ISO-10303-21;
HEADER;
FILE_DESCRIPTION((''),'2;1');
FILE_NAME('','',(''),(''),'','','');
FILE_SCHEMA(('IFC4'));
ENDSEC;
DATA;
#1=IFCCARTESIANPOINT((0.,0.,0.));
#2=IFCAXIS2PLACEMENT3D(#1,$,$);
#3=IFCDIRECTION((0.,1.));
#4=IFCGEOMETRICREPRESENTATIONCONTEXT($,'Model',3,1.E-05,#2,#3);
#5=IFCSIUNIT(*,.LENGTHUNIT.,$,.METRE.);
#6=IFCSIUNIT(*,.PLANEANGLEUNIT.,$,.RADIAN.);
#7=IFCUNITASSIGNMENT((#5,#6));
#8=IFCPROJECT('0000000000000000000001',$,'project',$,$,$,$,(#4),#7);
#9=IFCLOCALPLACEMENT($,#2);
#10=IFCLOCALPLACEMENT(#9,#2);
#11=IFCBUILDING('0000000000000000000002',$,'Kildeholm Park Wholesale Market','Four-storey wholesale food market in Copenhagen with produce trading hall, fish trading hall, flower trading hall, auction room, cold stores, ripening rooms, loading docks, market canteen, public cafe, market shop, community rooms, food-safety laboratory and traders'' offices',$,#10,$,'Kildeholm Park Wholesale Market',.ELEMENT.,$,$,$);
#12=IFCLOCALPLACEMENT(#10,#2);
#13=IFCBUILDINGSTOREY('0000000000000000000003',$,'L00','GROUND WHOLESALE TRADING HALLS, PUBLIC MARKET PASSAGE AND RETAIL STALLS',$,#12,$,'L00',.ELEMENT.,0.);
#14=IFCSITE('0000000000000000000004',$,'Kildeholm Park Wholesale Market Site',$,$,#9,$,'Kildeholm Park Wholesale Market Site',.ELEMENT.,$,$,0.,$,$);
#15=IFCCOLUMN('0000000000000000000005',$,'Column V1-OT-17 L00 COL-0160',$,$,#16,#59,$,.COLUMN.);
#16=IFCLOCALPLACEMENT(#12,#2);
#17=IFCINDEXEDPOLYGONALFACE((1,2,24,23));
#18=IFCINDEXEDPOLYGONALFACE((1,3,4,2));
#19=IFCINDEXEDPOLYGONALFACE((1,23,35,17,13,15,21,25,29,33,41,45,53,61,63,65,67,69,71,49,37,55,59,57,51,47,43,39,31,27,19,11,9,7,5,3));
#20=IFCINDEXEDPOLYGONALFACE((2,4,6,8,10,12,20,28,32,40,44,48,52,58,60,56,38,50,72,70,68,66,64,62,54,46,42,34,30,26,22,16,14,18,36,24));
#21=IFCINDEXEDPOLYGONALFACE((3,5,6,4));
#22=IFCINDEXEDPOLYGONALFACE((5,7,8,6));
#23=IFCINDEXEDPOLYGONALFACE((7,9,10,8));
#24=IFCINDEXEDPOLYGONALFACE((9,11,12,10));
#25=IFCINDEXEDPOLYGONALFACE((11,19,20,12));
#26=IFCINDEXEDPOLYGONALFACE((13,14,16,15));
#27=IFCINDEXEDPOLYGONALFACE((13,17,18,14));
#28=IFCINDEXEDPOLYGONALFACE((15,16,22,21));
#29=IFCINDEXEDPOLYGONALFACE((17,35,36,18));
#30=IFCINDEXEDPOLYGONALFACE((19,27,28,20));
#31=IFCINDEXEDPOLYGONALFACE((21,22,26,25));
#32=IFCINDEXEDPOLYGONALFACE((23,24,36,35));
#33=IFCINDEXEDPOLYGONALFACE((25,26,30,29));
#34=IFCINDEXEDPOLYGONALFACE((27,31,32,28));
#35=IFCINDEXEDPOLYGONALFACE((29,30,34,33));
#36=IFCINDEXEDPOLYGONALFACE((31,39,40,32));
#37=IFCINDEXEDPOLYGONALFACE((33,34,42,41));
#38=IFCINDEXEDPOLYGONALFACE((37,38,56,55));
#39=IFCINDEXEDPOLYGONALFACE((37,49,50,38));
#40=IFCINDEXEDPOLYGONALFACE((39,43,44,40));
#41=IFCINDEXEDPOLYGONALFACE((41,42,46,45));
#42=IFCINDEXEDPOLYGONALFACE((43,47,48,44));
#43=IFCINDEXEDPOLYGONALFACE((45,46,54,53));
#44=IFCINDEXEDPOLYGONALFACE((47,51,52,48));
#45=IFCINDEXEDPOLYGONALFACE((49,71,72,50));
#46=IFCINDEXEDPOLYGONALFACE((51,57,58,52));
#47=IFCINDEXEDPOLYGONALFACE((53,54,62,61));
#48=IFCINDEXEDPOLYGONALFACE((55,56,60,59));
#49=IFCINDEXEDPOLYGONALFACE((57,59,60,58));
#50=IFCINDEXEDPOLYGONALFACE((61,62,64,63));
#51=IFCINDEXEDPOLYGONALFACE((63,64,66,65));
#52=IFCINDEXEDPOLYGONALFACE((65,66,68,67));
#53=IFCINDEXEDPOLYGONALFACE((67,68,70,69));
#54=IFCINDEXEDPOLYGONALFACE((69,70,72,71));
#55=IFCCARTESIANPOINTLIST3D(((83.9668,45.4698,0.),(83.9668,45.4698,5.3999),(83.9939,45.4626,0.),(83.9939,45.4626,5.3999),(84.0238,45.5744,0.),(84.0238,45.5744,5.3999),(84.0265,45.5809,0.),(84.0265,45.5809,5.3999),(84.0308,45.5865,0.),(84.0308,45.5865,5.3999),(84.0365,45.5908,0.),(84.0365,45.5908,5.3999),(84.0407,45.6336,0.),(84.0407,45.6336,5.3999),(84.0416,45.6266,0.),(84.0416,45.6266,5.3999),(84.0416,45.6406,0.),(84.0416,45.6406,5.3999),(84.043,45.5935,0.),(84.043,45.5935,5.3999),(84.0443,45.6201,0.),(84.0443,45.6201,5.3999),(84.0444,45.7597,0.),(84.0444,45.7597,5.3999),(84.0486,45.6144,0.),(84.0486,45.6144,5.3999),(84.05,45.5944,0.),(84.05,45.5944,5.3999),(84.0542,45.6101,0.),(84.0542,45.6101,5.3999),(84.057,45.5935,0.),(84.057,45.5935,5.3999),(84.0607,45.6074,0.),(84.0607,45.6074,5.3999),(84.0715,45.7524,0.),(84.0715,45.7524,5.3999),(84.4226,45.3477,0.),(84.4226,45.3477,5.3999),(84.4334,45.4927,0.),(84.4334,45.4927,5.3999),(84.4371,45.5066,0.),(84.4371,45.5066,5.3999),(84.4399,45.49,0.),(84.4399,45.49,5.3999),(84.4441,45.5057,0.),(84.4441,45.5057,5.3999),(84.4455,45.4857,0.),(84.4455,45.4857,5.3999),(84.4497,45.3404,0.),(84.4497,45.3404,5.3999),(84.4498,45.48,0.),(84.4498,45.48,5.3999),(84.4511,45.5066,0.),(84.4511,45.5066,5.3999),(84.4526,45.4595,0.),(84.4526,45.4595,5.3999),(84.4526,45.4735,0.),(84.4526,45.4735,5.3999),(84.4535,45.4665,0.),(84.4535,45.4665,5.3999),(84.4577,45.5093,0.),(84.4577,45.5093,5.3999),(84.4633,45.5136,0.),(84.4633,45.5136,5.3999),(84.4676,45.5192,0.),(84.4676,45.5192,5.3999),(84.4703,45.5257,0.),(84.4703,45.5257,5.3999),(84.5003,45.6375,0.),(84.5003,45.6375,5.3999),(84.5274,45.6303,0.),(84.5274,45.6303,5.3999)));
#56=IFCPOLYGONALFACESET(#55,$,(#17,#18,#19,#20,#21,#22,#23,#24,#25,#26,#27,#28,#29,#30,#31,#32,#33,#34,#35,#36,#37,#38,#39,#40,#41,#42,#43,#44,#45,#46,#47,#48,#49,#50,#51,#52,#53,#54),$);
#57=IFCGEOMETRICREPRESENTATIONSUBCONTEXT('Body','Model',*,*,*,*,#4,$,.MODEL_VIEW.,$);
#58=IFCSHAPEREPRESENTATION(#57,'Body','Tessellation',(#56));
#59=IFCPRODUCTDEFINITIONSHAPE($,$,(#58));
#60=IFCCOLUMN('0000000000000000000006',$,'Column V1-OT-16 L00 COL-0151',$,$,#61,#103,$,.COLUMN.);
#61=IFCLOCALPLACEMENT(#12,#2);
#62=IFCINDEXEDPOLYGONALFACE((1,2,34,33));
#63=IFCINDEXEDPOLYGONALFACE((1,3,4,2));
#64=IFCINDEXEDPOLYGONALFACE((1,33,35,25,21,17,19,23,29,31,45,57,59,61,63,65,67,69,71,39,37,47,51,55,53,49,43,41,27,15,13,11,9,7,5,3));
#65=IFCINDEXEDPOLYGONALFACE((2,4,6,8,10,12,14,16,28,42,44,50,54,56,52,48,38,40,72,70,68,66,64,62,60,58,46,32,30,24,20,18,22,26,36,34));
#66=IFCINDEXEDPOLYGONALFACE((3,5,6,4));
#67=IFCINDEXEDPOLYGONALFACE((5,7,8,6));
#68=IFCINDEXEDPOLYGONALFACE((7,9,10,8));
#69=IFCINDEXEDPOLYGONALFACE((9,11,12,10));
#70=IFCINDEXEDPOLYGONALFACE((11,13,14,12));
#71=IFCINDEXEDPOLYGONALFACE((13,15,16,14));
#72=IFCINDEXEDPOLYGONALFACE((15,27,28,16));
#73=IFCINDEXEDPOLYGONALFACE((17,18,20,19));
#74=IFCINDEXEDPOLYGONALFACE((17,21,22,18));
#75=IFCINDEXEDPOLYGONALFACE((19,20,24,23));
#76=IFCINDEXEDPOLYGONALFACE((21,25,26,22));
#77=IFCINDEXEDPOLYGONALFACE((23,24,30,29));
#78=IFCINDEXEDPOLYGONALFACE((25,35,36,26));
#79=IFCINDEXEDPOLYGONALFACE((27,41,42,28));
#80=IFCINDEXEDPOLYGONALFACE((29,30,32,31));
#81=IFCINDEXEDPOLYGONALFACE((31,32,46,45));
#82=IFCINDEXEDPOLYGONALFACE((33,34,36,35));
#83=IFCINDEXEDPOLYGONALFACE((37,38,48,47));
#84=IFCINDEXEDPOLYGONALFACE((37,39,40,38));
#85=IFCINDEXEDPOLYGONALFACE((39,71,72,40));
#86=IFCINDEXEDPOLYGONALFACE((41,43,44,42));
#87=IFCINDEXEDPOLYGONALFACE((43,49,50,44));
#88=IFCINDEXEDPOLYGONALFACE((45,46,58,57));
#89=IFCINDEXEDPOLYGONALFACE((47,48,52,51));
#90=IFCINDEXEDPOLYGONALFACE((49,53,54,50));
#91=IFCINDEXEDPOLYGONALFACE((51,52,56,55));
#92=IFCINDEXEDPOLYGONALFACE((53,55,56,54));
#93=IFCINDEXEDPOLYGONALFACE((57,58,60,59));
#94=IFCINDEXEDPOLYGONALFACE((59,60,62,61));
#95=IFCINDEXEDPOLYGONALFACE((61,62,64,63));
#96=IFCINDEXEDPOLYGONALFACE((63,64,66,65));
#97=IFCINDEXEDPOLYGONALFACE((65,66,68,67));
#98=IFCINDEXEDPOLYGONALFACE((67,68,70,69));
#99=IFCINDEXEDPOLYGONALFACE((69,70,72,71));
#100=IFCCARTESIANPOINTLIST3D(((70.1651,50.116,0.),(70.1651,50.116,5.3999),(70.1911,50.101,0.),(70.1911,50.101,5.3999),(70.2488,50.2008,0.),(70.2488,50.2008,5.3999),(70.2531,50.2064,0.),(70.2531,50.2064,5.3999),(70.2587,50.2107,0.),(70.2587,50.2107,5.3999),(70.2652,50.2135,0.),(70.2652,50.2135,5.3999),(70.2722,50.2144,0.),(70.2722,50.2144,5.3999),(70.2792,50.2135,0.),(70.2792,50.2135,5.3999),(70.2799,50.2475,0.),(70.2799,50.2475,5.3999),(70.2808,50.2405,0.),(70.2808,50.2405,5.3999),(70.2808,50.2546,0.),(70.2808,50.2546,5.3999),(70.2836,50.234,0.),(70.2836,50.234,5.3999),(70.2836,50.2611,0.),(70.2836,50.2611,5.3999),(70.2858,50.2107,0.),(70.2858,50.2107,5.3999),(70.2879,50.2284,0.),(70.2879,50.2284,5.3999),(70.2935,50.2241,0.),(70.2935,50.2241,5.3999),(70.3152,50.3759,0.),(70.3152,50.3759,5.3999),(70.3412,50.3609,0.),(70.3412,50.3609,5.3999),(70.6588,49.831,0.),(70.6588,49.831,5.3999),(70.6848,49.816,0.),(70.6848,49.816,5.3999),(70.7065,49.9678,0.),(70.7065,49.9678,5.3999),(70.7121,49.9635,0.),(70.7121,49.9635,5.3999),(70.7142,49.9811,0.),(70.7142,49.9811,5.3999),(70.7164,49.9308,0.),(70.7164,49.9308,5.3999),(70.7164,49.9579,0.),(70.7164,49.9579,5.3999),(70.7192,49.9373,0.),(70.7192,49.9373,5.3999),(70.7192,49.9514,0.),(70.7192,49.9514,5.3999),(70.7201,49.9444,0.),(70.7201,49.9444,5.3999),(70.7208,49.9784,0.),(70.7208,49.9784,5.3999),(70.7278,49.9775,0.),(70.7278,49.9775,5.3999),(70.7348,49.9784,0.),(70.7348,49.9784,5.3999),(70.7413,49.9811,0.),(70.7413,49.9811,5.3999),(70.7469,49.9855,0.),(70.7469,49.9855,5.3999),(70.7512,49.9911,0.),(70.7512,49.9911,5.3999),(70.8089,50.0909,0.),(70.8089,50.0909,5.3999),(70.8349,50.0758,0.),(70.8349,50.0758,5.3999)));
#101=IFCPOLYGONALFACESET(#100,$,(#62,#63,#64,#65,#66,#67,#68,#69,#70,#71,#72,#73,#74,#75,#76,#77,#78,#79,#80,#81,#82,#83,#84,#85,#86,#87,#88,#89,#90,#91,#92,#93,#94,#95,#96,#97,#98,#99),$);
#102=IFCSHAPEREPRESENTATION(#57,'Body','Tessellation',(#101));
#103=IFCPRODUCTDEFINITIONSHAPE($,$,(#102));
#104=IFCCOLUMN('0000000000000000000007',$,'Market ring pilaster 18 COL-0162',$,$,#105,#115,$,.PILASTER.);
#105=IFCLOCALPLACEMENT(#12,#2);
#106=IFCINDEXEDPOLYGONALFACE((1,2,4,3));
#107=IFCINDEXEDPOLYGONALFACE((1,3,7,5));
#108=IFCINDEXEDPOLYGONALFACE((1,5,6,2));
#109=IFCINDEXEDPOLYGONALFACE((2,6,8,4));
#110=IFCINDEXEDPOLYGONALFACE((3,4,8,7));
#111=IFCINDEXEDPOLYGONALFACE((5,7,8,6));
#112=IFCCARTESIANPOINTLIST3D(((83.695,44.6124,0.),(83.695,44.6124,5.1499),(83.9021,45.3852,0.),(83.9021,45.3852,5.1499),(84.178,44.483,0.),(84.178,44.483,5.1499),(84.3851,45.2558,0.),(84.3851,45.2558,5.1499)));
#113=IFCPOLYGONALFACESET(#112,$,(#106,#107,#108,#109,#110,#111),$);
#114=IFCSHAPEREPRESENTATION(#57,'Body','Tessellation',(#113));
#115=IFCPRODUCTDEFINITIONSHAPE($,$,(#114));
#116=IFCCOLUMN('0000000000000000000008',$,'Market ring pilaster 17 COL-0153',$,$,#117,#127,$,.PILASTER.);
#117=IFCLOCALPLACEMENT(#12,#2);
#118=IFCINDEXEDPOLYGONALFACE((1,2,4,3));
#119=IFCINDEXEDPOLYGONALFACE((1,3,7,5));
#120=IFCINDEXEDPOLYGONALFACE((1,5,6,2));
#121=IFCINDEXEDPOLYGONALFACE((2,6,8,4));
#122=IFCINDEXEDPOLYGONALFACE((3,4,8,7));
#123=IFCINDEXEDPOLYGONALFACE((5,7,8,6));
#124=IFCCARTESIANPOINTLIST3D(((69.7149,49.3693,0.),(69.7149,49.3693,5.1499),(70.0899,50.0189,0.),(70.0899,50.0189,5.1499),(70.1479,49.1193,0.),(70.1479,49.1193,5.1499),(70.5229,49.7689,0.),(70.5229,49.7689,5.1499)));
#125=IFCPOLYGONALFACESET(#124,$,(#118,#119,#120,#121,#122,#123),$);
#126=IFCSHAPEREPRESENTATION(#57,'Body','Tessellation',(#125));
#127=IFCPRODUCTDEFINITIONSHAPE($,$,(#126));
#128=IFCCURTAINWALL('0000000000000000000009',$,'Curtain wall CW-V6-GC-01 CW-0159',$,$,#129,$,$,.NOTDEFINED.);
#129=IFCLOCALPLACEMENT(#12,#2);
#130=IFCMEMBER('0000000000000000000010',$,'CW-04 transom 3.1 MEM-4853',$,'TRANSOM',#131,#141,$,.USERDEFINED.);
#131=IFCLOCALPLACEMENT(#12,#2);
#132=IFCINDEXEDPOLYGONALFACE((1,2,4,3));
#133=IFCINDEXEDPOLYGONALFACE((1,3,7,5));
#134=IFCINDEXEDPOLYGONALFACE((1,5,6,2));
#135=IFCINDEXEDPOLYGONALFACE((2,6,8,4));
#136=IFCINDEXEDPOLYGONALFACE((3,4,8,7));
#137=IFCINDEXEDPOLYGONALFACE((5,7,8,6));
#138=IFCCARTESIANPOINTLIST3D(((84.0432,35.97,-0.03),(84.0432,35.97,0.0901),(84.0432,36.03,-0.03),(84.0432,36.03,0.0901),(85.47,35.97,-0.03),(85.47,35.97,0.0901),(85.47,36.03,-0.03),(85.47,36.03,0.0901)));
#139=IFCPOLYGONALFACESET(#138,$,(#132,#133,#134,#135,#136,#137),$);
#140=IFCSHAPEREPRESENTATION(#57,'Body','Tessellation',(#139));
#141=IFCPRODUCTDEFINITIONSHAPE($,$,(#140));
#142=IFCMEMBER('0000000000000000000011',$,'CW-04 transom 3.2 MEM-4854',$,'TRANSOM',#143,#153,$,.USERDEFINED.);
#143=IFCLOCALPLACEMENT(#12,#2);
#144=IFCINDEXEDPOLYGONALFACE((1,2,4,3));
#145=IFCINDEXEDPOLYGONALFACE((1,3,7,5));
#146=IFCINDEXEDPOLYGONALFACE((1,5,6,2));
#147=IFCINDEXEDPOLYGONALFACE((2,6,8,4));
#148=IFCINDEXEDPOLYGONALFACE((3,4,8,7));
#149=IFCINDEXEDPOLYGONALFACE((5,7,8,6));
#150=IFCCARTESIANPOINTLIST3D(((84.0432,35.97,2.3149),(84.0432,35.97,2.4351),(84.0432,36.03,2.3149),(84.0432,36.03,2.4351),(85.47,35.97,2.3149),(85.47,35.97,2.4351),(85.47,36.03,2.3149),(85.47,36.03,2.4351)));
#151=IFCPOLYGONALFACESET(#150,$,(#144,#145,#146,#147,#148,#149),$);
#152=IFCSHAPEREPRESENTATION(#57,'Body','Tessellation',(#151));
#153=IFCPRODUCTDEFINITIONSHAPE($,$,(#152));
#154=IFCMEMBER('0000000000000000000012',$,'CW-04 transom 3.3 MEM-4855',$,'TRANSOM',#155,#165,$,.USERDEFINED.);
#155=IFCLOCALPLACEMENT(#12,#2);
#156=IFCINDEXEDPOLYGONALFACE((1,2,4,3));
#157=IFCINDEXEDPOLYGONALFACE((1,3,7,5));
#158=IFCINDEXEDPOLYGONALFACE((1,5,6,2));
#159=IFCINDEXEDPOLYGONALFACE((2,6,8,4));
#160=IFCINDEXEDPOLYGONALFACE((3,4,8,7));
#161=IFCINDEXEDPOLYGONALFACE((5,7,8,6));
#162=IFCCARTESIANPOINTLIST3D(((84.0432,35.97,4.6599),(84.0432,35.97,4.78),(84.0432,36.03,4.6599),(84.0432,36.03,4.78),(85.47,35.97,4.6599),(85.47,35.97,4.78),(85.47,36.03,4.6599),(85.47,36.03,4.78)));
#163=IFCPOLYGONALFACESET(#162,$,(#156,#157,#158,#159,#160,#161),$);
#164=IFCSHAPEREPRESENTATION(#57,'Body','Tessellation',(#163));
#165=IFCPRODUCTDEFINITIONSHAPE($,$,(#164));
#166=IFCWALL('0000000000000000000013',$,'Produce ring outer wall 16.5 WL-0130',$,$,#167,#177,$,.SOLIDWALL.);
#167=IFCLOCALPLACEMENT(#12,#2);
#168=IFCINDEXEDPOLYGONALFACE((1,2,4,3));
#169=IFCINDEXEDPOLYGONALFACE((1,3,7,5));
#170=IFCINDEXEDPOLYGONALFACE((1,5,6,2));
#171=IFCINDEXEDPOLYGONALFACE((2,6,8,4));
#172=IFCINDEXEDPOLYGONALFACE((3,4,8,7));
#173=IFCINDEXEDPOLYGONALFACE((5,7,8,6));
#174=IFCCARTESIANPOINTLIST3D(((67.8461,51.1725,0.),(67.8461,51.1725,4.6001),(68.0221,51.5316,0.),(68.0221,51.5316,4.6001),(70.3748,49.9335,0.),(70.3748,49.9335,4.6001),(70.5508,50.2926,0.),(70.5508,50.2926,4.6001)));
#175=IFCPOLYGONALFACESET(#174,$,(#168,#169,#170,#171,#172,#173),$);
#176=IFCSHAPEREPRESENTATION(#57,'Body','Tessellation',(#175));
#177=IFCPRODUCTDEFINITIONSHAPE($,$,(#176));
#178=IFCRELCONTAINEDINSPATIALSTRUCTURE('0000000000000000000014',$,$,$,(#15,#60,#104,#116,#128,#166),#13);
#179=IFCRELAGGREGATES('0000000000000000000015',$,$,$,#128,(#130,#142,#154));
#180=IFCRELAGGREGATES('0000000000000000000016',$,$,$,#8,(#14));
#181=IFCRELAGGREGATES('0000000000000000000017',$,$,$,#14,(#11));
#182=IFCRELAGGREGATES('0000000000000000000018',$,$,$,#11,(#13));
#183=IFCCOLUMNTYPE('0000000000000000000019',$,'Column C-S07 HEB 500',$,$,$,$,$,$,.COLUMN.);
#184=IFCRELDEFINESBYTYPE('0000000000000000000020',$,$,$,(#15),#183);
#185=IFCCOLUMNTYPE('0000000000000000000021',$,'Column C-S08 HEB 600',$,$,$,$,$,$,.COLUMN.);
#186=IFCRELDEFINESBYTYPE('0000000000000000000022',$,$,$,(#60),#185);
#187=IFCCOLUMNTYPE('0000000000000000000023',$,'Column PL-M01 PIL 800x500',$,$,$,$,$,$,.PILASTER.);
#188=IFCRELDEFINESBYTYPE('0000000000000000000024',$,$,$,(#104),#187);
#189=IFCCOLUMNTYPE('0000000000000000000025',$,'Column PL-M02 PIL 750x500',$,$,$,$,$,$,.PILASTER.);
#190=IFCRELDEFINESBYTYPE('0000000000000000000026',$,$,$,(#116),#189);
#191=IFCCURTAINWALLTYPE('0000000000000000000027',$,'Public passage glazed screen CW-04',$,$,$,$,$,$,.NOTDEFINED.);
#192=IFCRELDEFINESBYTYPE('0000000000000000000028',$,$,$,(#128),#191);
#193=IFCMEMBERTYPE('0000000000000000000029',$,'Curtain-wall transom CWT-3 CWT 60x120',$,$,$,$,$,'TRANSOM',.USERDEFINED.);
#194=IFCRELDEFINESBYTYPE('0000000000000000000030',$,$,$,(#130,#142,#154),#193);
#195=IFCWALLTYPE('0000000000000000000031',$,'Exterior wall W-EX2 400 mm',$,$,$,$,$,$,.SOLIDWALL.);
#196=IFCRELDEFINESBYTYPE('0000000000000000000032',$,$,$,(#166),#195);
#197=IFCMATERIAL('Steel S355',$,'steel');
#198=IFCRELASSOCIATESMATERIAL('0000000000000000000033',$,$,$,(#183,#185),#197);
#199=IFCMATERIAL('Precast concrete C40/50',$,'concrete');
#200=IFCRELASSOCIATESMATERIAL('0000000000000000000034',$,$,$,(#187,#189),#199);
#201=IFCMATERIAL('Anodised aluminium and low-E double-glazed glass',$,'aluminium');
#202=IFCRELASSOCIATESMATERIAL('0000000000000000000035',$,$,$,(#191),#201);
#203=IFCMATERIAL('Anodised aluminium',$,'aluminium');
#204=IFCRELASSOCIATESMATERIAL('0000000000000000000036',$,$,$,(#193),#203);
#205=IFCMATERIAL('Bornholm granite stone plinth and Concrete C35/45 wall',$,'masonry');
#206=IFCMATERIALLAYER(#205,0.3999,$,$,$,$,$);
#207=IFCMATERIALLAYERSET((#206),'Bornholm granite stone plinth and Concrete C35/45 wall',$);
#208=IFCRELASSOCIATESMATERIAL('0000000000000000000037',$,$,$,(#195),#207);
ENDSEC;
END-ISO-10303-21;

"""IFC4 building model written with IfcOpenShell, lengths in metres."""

from ifc_helpers import new_model, si_unit, direction, frame, frame_2d, origin, origin_2d, place, context, subcontext, project, spatial, rectangle, i_section, extrude, material, layer, layer_set, material_profile, profile_set, type_object, element, aggregate, save


model = new_model("IFC4")

# Units and contexts
model_context = context("Model", 3, precision=1e-05, world=origin(), true_north=direction((0.0, 1.0)))
body_context = subcontext(model_context, "Body", "Model", "MODEL_VIEW")
ifc_project = project(units=[si_unit("LENGTHUNIT", "METRE"), si_unit("PLANEANGLEUNIT", "RADIAN")], contexts=[model_context])

# Site, building, storey
site_placement = place(None, origin())
site = spatial("IfcSite", under=ifc_project, at=site_placement, Name="Kildeholm Park Wholesale Market Site", LongName="Kildeholm Park Wholesale Market Site", CompositionType="ELEMENT", RefElevation=0.0)
building_placement = place(site_placement, origin())
building = spatial("IfcBuilding", under=site, at=building_placement, Name="Kildeholm Park Wholesale Market", Description="Four-storey wholesale food market in Copenhagen with produce trading hall, fish trading hall, flower trading hall, auction room, cold stores, ripening rooms, loading docks, market canteen, public cafe, market shop, community rooms, food-safety laboratory and traders' offices", LongName="Kildeholm Park Wholesale Market", CompositionType="ELEMENT")
storey_placement = place(building_placement, origin())
storey = spatial("IfcBuildingStorey", under=building, at=storey_placement, Name="L00", Description="GROUND WHOLESALE TRADING HALLS, PUBLIC MARKET PASSAGE AND RETAIL STALLS", LongName="L00", CompositionType="ELEMENT", Elevation=0.0)

# Columns
ifc_material_1 = material(Name="Steel S355", Category="steel")
ifc_material_profile_1 = material_profile(ifc_material_1, i_section(OverallWidth=0.3, OverallDepth=0.5, WebThickness=0.0144, FlangeThickness=0.0281, FilletRadius=0.0271, at=origin_2d()), Name="HEB 500")
ifc_profile_set_1 = profile_set([ifc_material_profile_1], Name="Steel S355")
column_type_1 = type_object("IfcColumnType", Name="Column C-S07 HEB 500", PredefinedType="COLUMN", material=ifc_profile_set_1)
column_1_placement = place(storey_placement, frame((84.2471, 45.55, 0.0), z_axis=(0.0, 0.0, 1.0), x_axis=(-0.258819, -0.965926, 0.0)))
element("IfcColumn", 1, at=column_1_placement, inside=storey, type_object=column_type_1, Name="Column V1-OT-17 L00 COL-0160", PredefinedType="COLUMN", context=body_context, shape_type="SweptSolid", body=[
    extrude(i_section(OverallWidth=0.3, OverallDepth=0.5, WebThickness=0.0144, FlangeThickness=0.0281, FilletRadius=0.0271, at=origin_2d()), origin(), (0.0, 0.0, 1.0), 5.3999),
])
ifc_material_profile_2 = material_profile(ifc_material_1, i_section(OverallWidth=0.3, OverallDepth=0.6001, WebThickness=0.0154, FlangeThickness=0.03, FilletRadius=0.0271, at=origin_2d()), Name="HEB 600")
ifc_profile_set_2 = profile_set([ifc_material_profile_2], Name="Steel S355")
column_type_2 = type_object("IfcColumnType", Name="Column C-S08 HEB 600", PredefinedType="COLUMN", material=ifc_profile_set_2)
column_2_placement = place(storey_placement, frame((70.5, 50.0959, 0.0), z_axis=(0.0, 0.0, 1.0), x_axis=(-0.5, -0.866025, 0.0)))
element("IfcColumn", 2, at=column_2_placement, inside=storey, type_object=column_type_2, Name="Column V1-OT-16 L00 COL-0151", PredefinedType="COLUMN", context=body_context, shape_type="SweptSolid", body=[
    extrude(i_section(OverallWidth=0.3, OverallDepth=0.6001, WebThickness=0.0154, FlangeThickness=0.03, FilletRadius=0.0271, at=origin_2d()), origin(), (0.0, 0.0, 1.0), 5.3999),
])
ifc_material_2 = material(Name="Precast concrete C40/50", Category="concrete")
ifc_material_profile_3 = material_profile(ifc_material_2, rectangle(XDim=0.8, YDim=0.5, at=origin_2d()), Name="PIL 800x500")
ifc_profile_set_3 = profile_set([ifc_material_profile_3], Name="Precast concrete C40/50")
column_type_3 = type_object("IfcColumnType", Name="Column PL-M01 PIL 800x500", PredefinedType="PILASTER", material=ifc_profile_set_3)
column_3_placement = place(storey_placement, frame((84.04, 44.9341, 0.0), z_axis=(0.0, 0.0, 1.0), x_axis=(-0.258819, -0.965926, 0.0)))
element("IfcColumn", 3, at=column_3_placement, inside=storey, type_object=column_type_3, Name="Market ring pilaster 18 COL-0162", PredefinedType="PILASTER", context=body_context, shape_type="SweptSolid", body=[
    extrude(rectangle(XDim=0.8, YDim=0.5, at=origin_2d()), origin(), (0.0, 0.0, 1.0), 5.1499),
])
ifc_material_profile_4 = material_profile(ifc_material_2, rectangle(XDim=0.75, YDim=0.5, at=origin_2d()), Name="PIL 750x500")
ifc_profile_set_4 = profile_set([ifc_material_profile_4], Name="Precast concrete C40/50")
column_type_4 = type_object("IfcColumnType", Name="Column PL-M02 PIL 750x500", PredefinedType="PILASTER", material=ifc_profile_set_4)
column_4_placement = place(storey_placement, frame((70.1189, 49.5691, 0.0), z_axis=(0.0, 0.0, 1.0), x_axis=(-0.5, -0.866025, 0.0)))
element("IfcColumn", 4, at=column_4_placement, inside=storey, type_object=column_type_4, Name="Market ring pilaster 17 COL-0153", PredefinedType="PILASTER", context=body_context, shape_type="SweptSolid", body=[
    extrude(rectangle(XDim=0.75, YDim=0.5, at=origin_2d()), origin(), (0.0, 0.0, 1.0), 5.1499),
])

# Curtain wall, members
ifc_material_3 = material(Name="Anodised aluminium and low-E double-glazed glass", Category="aluminium")
curtain_wall_type = type_object("IfcCurtainWallType", Name="Public passage glazed screen CW-04", PredefinedType="NOTDEFINED", material=ifc_material_3)
curtain_wall_placement = place(storey_placement, origin())
curtain_wall = element("IfcCurtainWall", 5, at=curtain_wall_placement, inside=storey, type_object=curtain_wall_type, Name="Curtain wall CW-V6-GC-01 CW-0159", PredefinedType="NOTDEFINED")
ifc_material_4 = material(Name="Anodised aluminium", Category="aluminium")
ifc_material_profile_5 = material_profile(ifc_material_4, rectangle(XDim=0.0601, YDim=0.1201, at=origin_2d()), Name="CWT 60x120")
ifc_profile_set_5 = profile_set([ifc_material_profile_5], Name="Anodised aluminium")
member_type = type_object("IfcMemberType", Name="Curtain-wall transom CWT-3 CWT 60x120", ElementType="TRANSOM", PredefinedType="USERDEFINED", material=ifc_profile_set_5)
member_1_placement = place(storey_placement, frame((84.0432, 36.0, 0.03), z_axis=(1.0, 0.0, 0.0), x_axis=(0.0, 1.0, 0.0)))
member_1 = element("IfcMember", 6, at=member_1_placement, type_object=member_type, Name="CW-04 transom 3.1 MEM-4853", ObjectType="TRANSOM", PredefinedType="USERDEFINED", context=body_context, shape_type="SweptSolid", body=[
    extrude(rectangle(XDim=0.0601, YDim=0.1201, at=origin_2d()), origin(), (0.0, 0.0, 1.0), 1.4268),
])
member_2_placement = place(storey_placement, frame((84.0432, 36.0, 2.375), z_axis=(1.0, 0.0, 0.0), x_axis=(0.0, 1.0, 0.0)))
member_2 = element("IfcMember", 7, at=member_2_placement, type_object=member_type, Name="CW-04 transom 3.2 MEM-4854", ObjectType="TRANSOM", PredefinedType="USERDEFINED", context=body_context, shape_type="SweptSolid", body=[
    extrude(rectangle(XDim=0.0601, YDim=0.1201, at=origin_2d()), origin(), (0.0, 0.0, 1.0), 1.4268),
])
member_3_placement = place(storey_placement, frame((84.0432, 36.0, 4.72), z_axis=(1.0, 0.0, 0.0), x_axis=(0.0, 1.0, 0.0)))
member_3 = element("IfcMember", 8, at=member_3_placement, type_object=member_type, Name="CW-04 transom 3.3 MEM-4855", ObjectType="TRANSOM", PredefinedType="USERDEFINED", context=body_context, shape_type="SweptSolid", body=[
    extrude(rectangle(XDim=0.0601, YDim=0.1201, at=origin_2d()), origin(), (0.0, 0.0, 1.0), 1.4268),
])
aggregate(curtain_wall, [member_1, member_2, member_3])

# Wall
ifc_material_5 = material(Name="Bornholm granite stone plinth and Concrete C35/45 wall", Category="masonry")
ifc_layer_1 = layer(ifc_material_5, 0.3999)
ifc_layer_set_1 = layer_set([ifc_layer_1], Name="Bornholm granite stone plinth and Concrete C35/45 wall")
wall_type_1 = type_object("IfcWallType", Name="Exterior wall W-EX2 400 mm", PredefinedType="SOLIDWALL", material=ifc_layer_set_1)
wall_1_placement = place(storey_placement, frame((67.9341, 51.3521, 0.0), z_axis=(0.0, 0.0, 1.0), x_axis=(0.898005, -0.439986, 0.0)))
element("IfcWall", 9, at=wall_1_placement, inside=storey, type_object=wall_type_1, Name="Produce ring outer wall 16.5 WL-0130", PredefinedType="SOLIDWALL", context=body_context, shape_type="SweptSolid", body=[
    extrude(rectangle(XDim=2.8159, YDim=0.3999, at=frame_2d((1.408, 0.0))), origin(), (0.0, 0.0, 1.0), 4.6001),
])

save(model, "model.ifc")
